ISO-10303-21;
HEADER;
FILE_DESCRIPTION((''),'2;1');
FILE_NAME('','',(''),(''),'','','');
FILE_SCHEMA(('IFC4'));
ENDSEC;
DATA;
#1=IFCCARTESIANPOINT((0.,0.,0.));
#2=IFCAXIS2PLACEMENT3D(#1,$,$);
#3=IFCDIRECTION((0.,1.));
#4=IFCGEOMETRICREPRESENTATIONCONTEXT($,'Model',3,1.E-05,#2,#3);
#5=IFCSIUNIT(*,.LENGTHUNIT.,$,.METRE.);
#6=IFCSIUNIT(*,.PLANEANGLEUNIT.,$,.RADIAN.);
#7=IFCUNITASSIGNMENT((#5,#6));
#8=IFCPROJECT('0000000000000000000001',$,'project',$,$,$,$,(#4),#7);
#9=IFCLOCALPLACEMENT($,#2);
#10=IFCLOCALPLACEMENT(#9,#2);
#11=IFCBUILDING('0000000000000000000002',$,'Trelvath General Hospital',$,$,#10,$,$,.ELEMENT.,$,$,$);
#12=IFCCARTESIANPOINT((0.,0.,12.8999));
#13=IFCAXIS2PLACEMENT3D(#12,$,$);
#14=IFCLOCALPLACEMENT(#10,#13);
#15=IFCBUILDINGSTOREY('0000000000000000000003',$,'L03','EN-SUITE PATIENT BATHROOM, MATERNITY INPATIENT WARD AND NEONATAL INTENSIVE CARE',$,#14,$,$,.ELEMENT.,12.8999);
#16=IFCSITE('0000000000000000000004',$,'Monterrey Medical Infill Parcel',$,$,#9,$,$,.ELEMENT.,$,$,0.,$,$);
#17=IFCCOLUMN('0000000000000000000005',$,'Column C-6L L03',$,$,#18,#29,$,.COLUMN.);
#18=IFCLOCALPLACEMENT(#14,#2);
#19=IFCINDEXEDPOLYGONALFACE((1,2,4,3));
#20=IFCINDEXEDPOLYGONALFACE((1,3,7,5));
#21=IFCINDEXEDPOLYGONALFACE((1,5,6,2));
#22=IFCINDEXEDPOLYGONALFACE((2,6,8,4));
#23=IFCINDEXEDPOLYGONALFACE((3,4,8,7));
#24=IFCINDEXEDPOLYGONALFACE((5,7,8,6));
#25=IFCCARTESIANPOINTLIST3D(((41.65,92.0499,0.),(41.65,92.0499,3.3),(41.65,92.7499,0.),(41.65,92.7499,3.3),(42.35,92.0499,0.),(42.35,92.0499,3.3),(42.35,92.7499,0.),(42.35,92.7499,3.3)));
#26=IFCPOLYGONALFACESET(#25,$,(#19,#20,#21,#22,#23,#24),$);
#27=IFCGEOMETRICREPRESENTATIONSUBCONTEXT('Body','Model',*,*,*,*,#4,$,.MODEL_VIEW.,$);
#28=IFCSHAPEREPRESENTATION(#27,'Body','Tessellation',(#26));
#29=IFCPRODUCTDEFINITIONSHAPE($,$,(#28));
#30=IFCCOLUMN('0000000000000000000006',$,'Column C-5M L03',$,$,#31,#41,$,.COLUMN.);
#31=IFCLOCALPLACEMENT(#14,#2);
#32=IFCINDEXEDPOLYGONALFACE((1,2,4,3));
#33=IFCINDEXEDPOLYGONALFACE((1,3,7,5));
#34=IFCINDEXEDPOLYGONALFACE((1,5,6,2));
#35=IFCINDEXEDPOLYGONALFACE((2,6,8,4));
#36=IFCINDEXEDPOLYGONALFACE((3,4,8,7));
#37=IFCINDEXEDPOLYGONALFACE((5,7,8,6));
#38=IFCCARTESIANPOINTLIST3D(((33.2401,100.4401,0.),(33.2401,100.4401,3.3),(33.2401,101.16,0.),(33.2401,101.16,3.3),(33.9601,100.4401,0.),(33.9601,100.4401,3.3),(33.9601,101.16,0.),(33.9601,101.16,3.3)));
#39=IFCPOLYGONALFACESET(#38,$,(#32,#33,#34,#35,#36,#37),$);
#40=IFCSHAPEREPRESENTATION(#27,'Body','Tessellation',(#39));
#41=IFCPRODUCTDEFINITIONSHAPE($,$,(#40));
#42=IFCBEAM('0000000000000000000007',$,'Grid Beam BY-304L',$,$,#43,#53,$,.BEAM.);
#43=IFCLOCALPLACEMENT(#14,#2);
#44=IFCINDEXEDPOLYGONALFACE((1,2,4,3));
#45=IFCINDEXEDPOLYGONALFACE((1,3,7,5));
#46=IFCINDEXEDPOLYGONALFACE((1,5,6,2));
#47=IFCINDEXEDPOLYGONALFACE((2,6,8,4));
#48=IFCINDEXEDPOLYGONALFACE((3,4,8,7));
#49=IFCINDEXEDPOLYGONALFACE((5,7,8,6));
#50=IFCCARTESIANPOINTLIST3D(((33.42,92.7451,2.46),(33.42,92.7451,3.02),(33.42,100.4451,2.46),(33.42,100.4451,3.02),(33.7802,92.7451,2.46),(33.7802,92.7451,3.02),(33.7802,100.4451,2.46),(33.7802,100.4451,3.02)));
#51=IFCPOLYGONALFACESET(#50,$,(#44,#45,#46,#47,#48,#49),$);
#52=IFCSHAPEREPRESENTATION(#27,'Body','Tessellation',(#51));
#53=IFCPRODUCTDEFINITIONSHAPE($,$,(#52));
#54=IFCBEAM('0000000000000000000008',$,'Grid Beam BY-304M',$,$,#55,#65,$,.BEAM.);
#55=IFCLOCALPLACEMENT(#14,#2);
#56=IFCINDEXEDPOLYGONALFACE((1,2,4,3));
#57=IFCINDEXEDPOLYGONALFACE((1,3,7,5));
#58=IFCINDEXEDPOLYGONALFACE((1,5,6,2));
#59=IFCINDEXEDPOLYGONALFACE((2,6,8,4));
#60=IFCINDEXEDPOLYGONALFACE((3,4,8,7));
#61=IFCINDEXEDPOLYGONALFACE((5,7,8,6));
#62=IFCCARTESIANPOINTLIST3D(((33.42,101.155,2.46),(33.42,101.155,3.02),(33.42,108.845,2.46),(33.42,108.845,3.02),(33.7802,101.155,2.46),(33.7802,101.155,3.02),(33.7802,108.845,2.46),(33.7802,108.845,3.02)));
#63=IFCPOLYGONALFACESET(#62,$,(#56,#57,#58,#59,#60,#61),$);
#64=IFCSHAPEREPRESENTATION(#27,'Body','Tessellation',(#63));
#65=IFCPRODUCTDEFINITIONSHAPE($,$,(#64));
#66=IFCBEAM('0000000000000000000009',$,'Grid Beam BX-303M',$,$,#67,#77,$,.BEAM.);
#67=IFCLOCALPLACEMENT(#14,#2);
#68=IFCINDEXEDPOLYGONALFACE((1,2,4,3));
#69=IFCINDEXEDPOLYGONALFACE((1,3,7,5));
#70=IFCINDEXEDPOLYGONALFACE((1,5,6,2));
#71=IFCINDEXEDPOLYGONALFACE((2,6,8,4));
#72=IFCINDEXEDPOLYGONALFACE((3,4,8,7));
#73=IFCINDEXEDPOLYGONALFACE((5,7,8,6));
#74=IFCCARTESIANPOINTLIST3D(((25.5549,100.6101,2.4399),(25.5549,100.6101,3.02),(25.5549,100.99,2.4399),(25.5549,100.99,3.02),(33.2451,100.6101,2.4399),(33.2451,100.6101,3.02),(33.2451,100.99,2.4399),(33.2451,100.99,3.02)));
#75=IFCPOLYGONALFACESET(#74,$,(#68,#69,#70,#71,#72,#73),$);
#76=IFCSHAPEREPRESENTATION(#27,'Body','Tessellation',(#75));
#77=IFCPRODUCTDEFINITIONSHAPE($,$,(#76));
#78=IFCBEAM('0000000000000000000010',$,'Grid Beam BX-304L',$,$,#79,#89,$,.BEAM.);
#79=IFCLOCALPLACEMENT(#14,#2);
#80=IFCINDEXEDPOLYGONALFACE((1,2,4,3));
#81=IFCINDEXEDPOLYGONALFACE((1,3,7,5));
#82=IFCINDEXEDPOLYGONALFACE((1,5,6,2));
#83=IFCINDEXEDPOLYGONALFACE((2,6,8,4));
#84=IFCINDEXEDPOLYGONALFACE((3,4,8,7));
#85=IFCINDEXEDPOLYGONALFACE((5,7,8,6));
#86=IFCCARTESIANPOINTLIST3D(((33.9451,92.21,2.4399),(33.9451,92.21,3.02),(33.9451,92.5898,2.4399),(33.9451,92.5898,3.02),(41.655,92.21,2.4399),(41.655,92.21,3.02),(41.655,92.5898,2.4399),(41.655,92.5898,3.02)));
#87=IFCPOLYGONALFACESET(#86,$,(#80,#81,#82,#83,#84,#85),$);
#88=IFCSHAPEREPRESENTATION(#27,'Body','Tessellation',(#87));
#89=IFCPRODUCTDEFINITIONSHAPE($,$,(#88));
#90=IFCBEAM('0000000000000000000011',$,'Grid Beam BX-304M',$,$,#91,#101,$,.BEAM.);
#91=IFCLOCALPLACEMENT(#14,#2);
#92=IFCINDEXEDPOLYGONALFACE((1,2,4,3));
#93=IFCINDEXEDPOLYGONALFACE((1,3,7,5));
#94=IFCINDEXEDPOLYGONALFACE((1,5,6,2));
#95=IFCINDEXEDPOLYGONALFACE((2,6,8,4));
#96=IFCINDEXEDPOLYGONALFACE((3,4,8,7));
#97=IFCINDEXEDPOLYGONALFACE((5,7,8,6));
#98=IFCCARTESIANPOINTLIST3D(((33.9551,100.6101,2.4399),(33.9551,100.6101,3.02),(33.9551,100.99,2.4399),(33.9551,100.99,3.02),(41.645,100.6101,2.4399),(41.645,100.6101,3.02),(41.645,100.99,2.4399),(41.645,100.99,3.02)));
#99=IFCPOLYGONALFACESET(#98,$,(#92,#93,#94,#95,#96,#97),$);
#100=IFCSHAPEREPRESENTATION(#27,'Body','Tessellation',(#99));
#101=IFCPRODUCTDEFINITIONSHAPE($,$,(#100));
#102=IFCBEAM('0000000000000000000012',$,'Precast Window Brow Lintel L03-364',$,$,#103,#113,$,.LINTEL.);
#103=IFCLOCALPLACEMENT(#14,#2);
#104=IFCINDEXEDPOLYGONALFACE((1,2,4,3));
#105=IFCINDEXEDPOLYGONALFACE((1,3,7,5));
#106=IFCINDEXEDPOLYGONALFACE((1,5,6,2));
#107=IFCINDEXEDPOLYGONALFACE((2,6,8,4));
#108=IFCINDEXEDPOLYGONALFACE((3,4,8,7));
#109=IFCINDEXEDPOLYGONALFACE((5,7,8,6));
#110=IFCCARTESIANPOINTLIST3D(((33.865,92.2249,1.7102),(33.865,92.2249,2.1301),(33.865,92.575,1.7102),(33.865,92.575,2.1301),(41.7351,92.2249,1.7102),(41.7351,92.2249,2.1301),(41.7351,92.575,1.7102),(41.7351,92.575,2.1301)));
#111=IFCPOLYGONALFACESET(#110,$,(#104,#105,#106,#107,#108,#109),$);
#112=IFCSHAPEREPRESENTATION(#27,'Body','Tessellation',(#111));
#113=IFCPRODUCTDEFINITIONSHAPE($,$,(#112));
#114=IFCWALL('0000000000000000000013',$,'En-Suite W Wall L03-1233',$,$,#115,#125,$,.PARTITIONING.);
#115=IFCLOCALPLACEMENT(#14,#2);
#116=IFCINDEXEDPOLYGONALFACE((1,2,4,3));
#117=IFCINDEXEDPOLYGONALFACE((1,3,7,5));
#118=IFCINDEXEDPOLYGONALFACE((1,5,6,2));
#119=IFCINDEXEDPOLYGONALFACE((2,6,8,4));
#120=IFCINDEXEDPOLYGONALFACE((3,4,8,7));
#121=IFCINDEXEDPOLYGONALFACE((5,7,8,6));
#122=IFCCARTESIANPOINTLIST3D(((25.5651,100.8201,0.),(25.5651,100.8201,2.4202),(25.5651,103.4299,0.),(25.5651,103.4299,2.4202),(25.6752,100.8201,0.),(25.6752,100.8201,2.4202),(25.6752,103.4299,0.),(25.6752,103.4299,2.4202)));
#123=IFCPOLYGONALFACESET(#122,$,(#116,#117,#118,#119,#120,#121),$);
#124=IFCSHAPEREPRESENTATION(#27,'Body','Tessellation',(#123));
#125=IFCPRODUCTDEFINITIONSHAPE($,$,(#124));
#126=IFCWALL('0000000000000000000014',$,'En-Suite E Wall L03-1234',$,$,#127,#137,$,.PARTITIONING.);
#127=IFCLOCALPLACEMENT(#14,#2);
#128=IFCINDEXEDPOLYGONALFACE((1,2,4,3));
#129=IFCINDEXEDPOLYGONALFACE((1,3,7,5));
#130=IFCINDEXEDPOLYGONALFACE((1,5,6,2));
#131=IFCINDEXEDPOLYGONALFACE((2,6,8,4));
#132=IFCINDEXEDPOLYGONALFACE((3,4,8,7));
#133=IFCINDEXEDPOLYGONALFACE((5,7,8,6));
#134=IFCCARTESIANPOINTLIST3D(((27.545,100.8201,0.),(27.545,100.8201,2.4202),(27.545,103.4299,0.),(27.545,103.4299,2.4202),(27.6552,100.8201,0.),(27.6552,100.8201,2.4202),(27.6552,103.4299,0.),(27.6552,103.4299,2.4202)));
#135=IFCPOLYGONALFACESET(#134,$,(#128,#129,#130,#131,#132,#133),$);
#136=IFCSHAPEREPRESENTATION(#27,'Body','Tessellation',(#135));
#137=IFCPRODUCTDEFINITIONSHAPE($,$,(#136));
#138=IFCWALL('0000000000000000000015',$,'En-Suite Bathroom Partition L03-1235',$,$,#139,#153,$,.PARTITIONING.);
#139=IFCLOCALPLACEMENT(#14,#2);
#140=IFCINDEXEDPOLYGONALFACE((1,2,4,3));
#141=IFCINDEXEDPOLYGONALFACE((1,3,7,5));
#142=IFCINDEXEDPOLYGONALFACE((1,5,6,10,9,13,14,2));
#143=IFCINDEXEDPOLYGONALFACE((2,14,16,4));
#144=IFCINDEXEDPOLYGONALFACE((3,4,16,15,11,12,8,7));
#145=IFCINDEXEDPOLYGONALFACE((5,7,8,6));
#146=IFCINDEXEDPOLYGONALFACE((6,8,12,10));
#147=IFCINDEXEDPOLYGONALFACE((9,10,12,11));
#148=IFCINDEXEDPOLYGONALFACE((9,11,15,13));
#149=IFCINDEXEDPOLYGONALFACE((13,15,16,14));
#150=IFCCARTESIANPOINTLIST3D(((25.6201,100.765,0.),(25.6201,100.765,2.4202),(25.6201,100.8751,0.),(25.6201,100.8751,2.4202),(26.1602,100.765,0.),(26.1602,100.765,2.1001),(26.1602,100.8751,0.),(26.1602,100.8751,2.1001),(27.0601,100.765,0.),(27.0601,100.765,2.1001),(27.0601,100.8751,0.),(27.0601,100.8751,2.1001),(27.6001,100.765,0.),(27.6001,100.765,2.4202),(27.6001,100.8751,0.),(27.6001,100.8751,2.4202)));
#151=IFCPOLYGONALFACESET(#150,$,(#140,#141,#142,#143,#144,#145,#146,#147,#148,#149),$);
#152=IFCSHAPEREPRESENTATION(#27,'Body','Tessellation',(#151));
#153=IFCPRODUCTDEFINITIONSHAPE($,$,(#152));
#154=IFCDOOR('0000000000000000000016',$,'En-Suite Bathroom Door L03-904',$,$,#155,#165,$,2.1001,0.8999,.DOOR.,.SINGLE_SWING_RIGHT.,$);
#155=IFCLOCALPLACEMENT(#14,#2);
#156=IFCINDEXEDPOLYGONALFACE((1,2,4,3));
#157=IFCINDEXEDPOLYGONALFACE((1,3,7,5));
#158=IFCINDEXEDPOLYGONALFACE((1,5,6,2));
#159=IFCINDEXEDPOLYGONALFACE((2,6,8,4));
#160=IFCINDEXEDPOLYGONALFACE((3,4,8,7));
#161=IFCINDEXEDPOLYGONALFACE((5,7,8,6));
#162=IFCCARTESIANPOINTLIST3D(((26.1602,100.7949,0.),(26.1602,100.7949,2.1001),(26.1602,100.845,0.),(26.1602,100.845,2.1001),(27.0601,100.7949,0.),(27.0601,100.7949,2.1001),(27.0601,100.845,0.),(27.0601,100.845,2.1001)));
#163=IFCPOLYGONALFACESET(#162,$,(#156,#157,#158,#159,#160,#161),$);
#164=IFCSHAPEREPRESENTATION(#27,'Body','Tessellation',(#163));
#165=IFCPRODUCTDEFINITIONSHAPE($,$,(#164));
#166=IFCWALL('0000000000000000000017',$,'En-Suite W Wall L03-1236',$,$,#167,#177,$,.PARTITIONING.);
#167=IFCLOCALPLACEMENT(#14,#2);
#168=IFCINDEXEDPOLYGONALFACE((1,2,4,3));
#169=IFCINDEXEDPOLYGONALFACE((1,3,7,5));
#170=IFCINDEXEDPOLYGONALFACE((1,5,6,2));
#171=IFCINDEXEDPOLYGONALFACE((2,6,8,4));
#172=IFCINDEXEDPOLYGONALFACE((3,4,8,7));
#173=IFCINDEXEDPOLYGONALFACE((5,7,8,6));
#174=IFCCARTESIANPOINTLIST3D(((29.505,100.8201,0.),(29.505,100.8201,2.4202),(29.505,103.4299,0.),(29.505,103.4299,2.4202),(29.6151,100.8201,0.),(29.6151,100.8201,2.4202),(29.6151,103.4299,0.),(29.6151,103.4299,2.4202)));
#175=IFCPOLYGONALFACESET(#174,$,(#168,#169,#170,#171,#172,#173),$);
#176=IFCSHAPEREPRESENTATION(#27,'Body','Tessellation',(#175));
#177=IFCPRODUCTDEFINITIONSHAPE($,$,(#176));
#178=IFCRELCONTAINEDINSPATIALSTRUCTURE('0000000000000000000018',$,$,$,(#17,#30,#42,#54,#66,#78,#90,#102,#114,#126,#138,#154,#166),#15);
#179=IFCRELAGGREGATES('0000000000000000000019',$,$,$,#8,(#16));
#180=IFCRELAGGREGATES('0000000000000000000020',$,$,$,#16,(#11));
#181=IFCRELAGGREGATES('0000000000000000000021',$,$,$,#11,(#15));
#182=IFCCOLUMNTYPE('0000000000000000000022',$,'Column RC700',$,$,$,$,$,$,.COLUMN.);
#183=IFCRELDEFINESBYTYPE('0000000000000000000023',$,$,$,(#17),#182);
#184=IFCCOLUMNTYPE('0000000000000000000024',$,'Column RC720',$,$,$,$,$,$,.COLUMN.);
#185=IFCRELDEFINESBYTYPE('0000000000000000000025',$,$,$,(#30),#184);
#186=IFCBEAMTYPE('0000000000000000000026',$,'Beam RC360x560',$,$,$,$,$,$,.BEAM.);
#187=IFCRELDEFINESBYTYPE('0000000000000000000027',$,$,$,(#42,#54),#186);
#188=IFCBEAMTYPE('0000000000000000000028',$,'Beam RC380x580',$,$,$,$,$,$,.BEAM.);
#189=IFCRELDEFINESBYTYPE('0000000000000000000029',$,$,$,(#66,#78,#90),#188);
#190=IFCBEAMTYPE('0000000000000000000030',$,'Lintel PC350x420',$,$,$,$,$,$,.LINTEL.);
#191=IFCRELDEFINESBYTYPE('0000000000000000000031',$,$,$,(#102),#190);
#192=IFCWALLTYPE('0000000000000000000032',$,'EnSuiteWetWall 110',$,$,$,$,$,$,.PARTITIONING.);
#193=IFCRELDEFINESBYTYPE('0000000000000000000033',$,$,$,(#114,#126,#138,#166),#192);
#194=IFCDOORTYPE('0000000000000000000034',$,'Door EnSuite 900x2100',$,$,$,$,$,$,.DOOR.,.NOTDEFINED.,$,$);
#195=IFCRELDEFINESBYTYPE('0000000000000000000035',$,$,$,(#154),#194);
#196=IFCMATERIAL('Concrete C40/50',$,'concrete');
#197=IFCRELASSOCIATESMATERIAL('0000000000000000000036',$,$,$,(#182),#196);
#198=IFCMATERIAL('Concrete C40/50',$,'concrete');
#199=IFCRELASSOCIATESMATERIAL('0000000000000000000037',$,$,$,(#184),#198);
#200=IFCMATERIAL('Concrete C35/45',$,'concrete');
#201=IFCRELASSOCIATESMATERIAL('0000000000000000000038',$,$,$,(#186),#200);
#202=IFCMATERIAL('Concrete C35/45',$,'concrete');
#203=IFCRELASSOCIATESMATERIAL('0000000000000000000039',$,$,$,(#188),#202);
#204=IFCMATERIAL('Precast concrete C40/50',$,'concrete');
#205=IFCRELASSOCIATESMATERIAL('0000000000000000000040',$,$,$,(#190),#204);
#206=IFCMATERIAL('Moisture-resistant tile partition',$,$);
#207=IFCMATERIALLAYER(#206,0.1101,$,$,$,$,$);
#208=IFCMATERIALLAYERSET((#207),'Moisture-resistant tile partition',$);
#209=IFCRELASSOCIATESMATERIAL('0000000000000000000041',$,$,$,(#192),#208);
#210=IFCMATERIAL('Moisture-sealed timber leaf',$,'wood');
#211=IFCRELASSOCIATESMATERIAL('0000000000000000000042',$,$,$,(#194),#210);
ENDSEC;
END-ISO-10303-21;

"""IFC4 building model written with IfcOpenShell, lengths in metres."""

from ifc_helpers import new_model, si_unit, direction, frame, frame_2d, origin, origin_2d, place, context, subcontext, project, spatial, rectangle, extrude, material, layer, layer_set, material_profile, profile_set, type_object, element, fill, save


model = new_model("IFC4")

# Units and contexts
model_context = context("Model", 3, precision=1e-05, world=origin(), true_north=direction((0.0, 1.0)))
body_context = subcontext(model_context, "Body", "Model", "MODEL_VIEW")
ifc_project = project(units=[si_unit("LENGTHUNIT", "METRE"), si_unit("PLANEANGLEUNIT", "RADIAN")], contexts=[model_context])

# Site, building, storey
site_placement = place(None, origin())
site = spatial("IfcSite", under=ifc_project, at=site_placement, Name="Monterrey Medical Infill Parcel", CompositionType="ELEMENT", RefElevation=0.0)
building_placement = place(site_placement, origin())
building = spatial("IfcBuilding", under=site, at=building_placement, Name="Trelvath General Hospital", CompositionType="ELEMENT")
storey_placement = place(building_placement, frame((0.0, 0.0, 12.8999)))
storey = spatial("IfcBuildingStorey", under=building, at=storey_placement, Name="L03", Description="EN-SUITE PATIENT BATHROOM, MATERNITY INPATIENT WARD AND NEONATAL INTENSIVE CARE", CompositionType="ELEMENT", Elevation=12.8999)

# Columns
ifc_material_1 = material(Name="Concrete C40/50", Category="concrete")
ifc_material_profile_1 = material_profile(ifc_material_1, rectangle(XDim=0.7, YDim=0.7, at=origin_2d()), Name="RC700x700")
ifc_profile_set_1 = profile_set([ifc_material_profile_1], Name="Concrete C40/50")
column_type_1 = type_object("IfcColumnType", Name="Column RC700", PredefinedType="COLUMN", material=ifc_profile_set_1)
column_1_placement = place(storey_placement, frame((42.0, 92.3999, 0.0), z_axis=(0.0, 0.0, 1.0), x_axis=(1.0, 0.0, 0.0)))
element("IfcColumn", 1, at=column_1_placement, inside=storey, type_object=column_type_1, Name="Column C-6L L03", PredefinedType="COLUMN", context=body_context, shape_type="SweptSolid", body=[
    extrude(rectangle(XDim=0.7, YDim=0.7, at=origin_2d()), origin(), (0.0, 0.0, 1.0), 3.3),
])
ifc_material_2 = material(Name="Concrete C40/50", Category="concrete")
ifc_material_profile_2 = material_profile(ifc_material_2, rectangle(XDim=0.72, YDim=0.72, at=origin_2d()), Name="RC720x720")
ifc_profile_set_2 = profile_set([ifc_material_profile_2], Name="Concrete C40/50")
column_type_2 = type_object("IfcColumnType", Name="Column RC720", PredefinedType="COLUMN", material=ifc_profile_set_2)
column_2_placement = place(storey_placement, frame((33.6001, 100.8, 0.0), z_axis=(0.0, 0.0, 1.0), x_axis=(1.0, 0.0, 0.0)))
element("IfcColumn", 2, at=column_2_placement, inside=storey, type_object=column_type_2, Name="Column C-5M L03", PredefinedType="COLUMN", context=body_context, shape_type="SweptSolid", body=[
    extrude(rectangle(XDim=0.72, YDim=0.72, at=origin_2d()), origin(), (0.0, 0.0, 1.0), 3.3),
])

# Beams
ifc_material_3 = material(Name="Concrete C35/45", Category="concrete")
ifc_material_profile_3 = material_profile(ifc_material_3, rectangle(XDim=0.3601, YDim=0.5601, at=origin_2d()), Name="RCB360x560")
ifc_profile_set_3 = profile_set([ifc_material_profile_3], Name="Concrete C35/45")
beam_type_1 = type_object("IfcBeamType", Name="Beam RC360x560", PredefinedType="BEAM", material=ifc_profile_set_3)
beam_1_placement = place(storey_placement, frame((33.6001, 92.7451, 2.74), z_axis=(0.0, 1.0, 0.0), x_axis=(-1.0, 0.0, 0.0)))
element("IfcBeam", 3, at=beam_1_placement, inside=storey, type_object=beam_type_1, Name="Grid Beam BY-304L", PredefinedType="BEAM", context=body_context, shape_type="SweptSolid", body=[
    extrude(rectangle(XDim=0.3601, YDim=0.5601, at=origin_2d()), origin(), (0.0, 0.0, 1.0), 7.7),
])
beam_2_placement = place(storey_placement, frame((33.6001, 101.155, 2.74), z_axis=(0.0, 1.0, 0.0), x_axis=(-1.0, 0.0, 0.0)))
element("IfcBeam", 4, at=beam_2_placement, inside=storey, type_object=beam_type_1, Name="Grid Beam BY-304M", PredefinedType="BEAM", context=body_context, shape_type="SweptSolid", body=[
    extrude(rectangle(XDim=0.3601, YDim=0.5601, at=origin_2d()), origin(), (0.0, 0.0, 1.0), 7.6899),
])
ifc_material_4 = material(Name="Concrete C35/45", Category="concrete")
ifc_material_profile_4 = material_profile(ifc_material_4, rectangle(XDim=0.3799, YDim=0.5801, at=origin_2d()), Name="RCB380x580")
ifc_profile_set_4 = profile_set([ifc_material_profile_4], Name="Concrete C35/45")
beam_type_2 = type_object("IfcBeamType", Name="Beam RC380x580", PredefinedType="BEAM", material=ifc_profile_set_4)
beam_3_placement = place(storey_placement, frame((25.5549, 100.8, 2.73), z_axis=(1.0, 0.0, 0.0), x_axis=(0.0, 1.0, 0.0)))
element("IfcBeam", 5, at=beam_3_placement, inside=storey, type_object=beam_type_2, Name="Grid Beam BX-303M", PredefinedType="BEAM", context=body_context, shape_type="SweptSolid", body=[
    extrude(rectangle(XDim=0.3799, YDim=0.5801, at=origin_2d()), origin(), (0.0, 0.0, 1.0), 7.6902),
])
beam_4_placement = place(storey_placement, frame((33.9451, 92.3999, 2.73), z_axis=(1.0, 0.0, 0.0), x_axis=(0.0, 1.0, 0.0)))
element("IfcBeam", 6, at=beam_4_placement, inside=storey, type_object=beam_type_2, Name="Grid Beam BX-304L", PredefinedType="BEAM", context=body_context, shape_type="SweptSolid", body=[
    extrude(rectangle(XDim=0.3799, YDim=0.5801, at=origin_2d()), origin(), (0.0, 0.0, 1.0), 7.71),
])
beam_5_placement = place(storey_placement, frame((33.9551, 100.8, 2.73), z_axis=(1.0, 0.0, 0.0), x_axis=(0.0, 1.0, 0.0)))
element("IfcBeam", 7, at=beam_5_placement, inside=storey, type_object=beam_type_2, Name="Grid Beam BX-304M", PredefinedType="BEAM", context=body_context, shape_type="SweptSolid", body=[
    extrude(rectangle(XDim=0.3799, YDim=0.5801, at=origin_2d()), origin(), (0.0, 0.0, 1.0), 7.6899),
])
ifc_material_5 = material(Name="Precast concrete C40/50", Category="concrete")
ifc_material_profile_5 = material_profile(ifc_material_5, rectangle(XDim=0.3501, YDim=0.4199, at=origin_2d()), Name="PCL350x420")
ifc_profile_set_5 = profile_set([ifc_material_profile_5], Name="Precast concrete C40/50")
beam_type_3 = type_object("IfcBeamType", Name="Lintel PC350x420", PredefinedType="LINTEL", material=ifc_profile_set_5)
beam_6_placement = place(storey_placement, frame((41.7351, 92.3999, 1.9202), z_axis=(-1.0, 0.0, 0.0), x_axis=(0.0, -1.0, 0.0)))
element("IfcBeam", 8, at=beam_6_placement, inside=storey, type_object=beam_type_3, Name="Precast Window Brow Lintel L03-364", PredefinedType="LINTEL", context=body_context, shape_type="SweptSolid", body=[
    extrude(rectangle(XDim=0.3501, YDim=0.4199, at=origin_2d()), origin(), (0.0, 0.0, 1.0), 7.8701),
])

# Walls
ifc_material_6 = material(Name="Moisture-resistant tile partition")
ifc_layer_1 = layer(ifc_material_6, 0.1101)
ifc_layer_set_1 = layer_set([ifc_layer_1], Name="Moisture-resistant tile partition")
wall_type_1 = type_object("IfcWallType", Name="EnSuiteWetWall 110", PredefinedType="PARTITIONING", material=ifc_layer_set_1)
for number, where, z_axis, x_axis, name in (
    (9, (25.6201, 100.8201, 0.0), (0.0, 0.0, 1.0), (0.0, 1.0, 0.0), "En-Suite W Wall L03-1233"),
    (10, (27.6001, 100.8201, 0.0), (0.0, 0.0, 1.0), (0.0, 1.0, 0.0), "En-Suite E Wall L03-1234"),
):
    element("IfcWall", number, at=place(storey_placement, frame(where, z_axis=z_axis, x_axis=x_axis)), inside=storey, type_object=wall_type_1, Name=name, PredefinedType="PARTITIONING", context=body_context, shape_type="SweptSolid", body=[
        extrude(rectangle(XDim=2.6099, YDim=0.1101, at=frame_2d((1.3049, 0.0))), origin(), (0.0, 0.0, 1.0), 2.4202),
    ])

# Wall, opening, door
wall_1_placement = place(storey_placement, frame((25.6201, 100.8201, 0.0), z_axis=(0.0, 0.0, 1.0), x_axis=(1.0, 0.0, 0.0)))
wall_1 = element("IfcWall", 11, at=wall_1_placement, inside=storey, type_object=wall_type_1, Name="En-Suite Bathroom Partition L03-1235", PredefinedType="PARTITIONING", context=body_context, shape_type="SweptSolid", body=[
    extrude(rectangle(XDim=1.98, YDim=0.1101, at=frame_2d((0.99, 0.0))), origin(), (0.0, 0.0, 1.0), 2.4202),
])
opening_1_placement = place(wall_1_placement, frame((0.54, 0.0, 0.0)))
opening_1 = element("IfcOpeningElement", 12, at=opening_1_placement, cuts=wall_1, PredefinedType="OPENING", context=body_context, shape_type="SweptSolid", body=[
    extrude(rectangle(XDim=0.8999, YDim=2.1001, at=frame_2d((0.45, 1.05))), frame((0.0, 0.0649, 0.0), z_axis=(0.0, -1.0, 0.0), x_axis=(1.0, 0.0, 0.0)), (0.0, 0.0, 1.0), 0.1301),
])
ifc_material_7 = material(Name="Moisture-sealed timber leaf", Category="wood")
door_type_1 = type_object("IfcDoorType", Name="Door EnSuite 900x2100", OperationType="NOTDEFINED", PredefinedType="DOOR", material=ifc_material_7)
door_1_placement = place(opening_1_placement, origin())
door_1 = element("IfcDoor", 13, at=door_1_placement, inside=storey, type_object=door_type_1, Name="En-Suite Bathroom Door L03-904", OperationType="SINGLE_SWING_RIGHT", OverallHeight=2.1001, OverallWidth=0.8999, PredefinedType="DOOR", context=body_context, shape_type="SweptSolid", body=[
    extrude(rectangle(XDim=0.8999, YDim=2.1001, at=frame_2d((0.45, 1.05))), frame((0.0, 0.0249, 0.0), z_axis=(0.0, -1.0, 0.0), x_axis=(1.0, 0.0, 0.0)), (0.0, 0.0, 1.0), 0.05),
])
fill(opening_1, door_1)

# Wall
for number, where, z_axis, x_axis, name in (
    (14, (29.5601, 100.8201, 0.0), (0.0, 0.0, 1.0), (0.0, 1.0, 0.0), "En-Suite W Wall L03-1236"),
):
    element("IfcWall", number, at=place(storey_placement, frame(where, z_axis=z_axis, x_axis=x_axis)), inside=storey, type_object=wall_type_1, Name=name, PredefinedType="PARTITIONING", context=body_context, shape_type="SweptSolid", body=[
        extrude(rectangle(XDim=2.6099, YDim=0.1101, at=frame_2d((1.3049, 0.0))), origin(), (0.0, 0.0, 1.0), 2.4202),
    ])

save(model, "model.ifc")
